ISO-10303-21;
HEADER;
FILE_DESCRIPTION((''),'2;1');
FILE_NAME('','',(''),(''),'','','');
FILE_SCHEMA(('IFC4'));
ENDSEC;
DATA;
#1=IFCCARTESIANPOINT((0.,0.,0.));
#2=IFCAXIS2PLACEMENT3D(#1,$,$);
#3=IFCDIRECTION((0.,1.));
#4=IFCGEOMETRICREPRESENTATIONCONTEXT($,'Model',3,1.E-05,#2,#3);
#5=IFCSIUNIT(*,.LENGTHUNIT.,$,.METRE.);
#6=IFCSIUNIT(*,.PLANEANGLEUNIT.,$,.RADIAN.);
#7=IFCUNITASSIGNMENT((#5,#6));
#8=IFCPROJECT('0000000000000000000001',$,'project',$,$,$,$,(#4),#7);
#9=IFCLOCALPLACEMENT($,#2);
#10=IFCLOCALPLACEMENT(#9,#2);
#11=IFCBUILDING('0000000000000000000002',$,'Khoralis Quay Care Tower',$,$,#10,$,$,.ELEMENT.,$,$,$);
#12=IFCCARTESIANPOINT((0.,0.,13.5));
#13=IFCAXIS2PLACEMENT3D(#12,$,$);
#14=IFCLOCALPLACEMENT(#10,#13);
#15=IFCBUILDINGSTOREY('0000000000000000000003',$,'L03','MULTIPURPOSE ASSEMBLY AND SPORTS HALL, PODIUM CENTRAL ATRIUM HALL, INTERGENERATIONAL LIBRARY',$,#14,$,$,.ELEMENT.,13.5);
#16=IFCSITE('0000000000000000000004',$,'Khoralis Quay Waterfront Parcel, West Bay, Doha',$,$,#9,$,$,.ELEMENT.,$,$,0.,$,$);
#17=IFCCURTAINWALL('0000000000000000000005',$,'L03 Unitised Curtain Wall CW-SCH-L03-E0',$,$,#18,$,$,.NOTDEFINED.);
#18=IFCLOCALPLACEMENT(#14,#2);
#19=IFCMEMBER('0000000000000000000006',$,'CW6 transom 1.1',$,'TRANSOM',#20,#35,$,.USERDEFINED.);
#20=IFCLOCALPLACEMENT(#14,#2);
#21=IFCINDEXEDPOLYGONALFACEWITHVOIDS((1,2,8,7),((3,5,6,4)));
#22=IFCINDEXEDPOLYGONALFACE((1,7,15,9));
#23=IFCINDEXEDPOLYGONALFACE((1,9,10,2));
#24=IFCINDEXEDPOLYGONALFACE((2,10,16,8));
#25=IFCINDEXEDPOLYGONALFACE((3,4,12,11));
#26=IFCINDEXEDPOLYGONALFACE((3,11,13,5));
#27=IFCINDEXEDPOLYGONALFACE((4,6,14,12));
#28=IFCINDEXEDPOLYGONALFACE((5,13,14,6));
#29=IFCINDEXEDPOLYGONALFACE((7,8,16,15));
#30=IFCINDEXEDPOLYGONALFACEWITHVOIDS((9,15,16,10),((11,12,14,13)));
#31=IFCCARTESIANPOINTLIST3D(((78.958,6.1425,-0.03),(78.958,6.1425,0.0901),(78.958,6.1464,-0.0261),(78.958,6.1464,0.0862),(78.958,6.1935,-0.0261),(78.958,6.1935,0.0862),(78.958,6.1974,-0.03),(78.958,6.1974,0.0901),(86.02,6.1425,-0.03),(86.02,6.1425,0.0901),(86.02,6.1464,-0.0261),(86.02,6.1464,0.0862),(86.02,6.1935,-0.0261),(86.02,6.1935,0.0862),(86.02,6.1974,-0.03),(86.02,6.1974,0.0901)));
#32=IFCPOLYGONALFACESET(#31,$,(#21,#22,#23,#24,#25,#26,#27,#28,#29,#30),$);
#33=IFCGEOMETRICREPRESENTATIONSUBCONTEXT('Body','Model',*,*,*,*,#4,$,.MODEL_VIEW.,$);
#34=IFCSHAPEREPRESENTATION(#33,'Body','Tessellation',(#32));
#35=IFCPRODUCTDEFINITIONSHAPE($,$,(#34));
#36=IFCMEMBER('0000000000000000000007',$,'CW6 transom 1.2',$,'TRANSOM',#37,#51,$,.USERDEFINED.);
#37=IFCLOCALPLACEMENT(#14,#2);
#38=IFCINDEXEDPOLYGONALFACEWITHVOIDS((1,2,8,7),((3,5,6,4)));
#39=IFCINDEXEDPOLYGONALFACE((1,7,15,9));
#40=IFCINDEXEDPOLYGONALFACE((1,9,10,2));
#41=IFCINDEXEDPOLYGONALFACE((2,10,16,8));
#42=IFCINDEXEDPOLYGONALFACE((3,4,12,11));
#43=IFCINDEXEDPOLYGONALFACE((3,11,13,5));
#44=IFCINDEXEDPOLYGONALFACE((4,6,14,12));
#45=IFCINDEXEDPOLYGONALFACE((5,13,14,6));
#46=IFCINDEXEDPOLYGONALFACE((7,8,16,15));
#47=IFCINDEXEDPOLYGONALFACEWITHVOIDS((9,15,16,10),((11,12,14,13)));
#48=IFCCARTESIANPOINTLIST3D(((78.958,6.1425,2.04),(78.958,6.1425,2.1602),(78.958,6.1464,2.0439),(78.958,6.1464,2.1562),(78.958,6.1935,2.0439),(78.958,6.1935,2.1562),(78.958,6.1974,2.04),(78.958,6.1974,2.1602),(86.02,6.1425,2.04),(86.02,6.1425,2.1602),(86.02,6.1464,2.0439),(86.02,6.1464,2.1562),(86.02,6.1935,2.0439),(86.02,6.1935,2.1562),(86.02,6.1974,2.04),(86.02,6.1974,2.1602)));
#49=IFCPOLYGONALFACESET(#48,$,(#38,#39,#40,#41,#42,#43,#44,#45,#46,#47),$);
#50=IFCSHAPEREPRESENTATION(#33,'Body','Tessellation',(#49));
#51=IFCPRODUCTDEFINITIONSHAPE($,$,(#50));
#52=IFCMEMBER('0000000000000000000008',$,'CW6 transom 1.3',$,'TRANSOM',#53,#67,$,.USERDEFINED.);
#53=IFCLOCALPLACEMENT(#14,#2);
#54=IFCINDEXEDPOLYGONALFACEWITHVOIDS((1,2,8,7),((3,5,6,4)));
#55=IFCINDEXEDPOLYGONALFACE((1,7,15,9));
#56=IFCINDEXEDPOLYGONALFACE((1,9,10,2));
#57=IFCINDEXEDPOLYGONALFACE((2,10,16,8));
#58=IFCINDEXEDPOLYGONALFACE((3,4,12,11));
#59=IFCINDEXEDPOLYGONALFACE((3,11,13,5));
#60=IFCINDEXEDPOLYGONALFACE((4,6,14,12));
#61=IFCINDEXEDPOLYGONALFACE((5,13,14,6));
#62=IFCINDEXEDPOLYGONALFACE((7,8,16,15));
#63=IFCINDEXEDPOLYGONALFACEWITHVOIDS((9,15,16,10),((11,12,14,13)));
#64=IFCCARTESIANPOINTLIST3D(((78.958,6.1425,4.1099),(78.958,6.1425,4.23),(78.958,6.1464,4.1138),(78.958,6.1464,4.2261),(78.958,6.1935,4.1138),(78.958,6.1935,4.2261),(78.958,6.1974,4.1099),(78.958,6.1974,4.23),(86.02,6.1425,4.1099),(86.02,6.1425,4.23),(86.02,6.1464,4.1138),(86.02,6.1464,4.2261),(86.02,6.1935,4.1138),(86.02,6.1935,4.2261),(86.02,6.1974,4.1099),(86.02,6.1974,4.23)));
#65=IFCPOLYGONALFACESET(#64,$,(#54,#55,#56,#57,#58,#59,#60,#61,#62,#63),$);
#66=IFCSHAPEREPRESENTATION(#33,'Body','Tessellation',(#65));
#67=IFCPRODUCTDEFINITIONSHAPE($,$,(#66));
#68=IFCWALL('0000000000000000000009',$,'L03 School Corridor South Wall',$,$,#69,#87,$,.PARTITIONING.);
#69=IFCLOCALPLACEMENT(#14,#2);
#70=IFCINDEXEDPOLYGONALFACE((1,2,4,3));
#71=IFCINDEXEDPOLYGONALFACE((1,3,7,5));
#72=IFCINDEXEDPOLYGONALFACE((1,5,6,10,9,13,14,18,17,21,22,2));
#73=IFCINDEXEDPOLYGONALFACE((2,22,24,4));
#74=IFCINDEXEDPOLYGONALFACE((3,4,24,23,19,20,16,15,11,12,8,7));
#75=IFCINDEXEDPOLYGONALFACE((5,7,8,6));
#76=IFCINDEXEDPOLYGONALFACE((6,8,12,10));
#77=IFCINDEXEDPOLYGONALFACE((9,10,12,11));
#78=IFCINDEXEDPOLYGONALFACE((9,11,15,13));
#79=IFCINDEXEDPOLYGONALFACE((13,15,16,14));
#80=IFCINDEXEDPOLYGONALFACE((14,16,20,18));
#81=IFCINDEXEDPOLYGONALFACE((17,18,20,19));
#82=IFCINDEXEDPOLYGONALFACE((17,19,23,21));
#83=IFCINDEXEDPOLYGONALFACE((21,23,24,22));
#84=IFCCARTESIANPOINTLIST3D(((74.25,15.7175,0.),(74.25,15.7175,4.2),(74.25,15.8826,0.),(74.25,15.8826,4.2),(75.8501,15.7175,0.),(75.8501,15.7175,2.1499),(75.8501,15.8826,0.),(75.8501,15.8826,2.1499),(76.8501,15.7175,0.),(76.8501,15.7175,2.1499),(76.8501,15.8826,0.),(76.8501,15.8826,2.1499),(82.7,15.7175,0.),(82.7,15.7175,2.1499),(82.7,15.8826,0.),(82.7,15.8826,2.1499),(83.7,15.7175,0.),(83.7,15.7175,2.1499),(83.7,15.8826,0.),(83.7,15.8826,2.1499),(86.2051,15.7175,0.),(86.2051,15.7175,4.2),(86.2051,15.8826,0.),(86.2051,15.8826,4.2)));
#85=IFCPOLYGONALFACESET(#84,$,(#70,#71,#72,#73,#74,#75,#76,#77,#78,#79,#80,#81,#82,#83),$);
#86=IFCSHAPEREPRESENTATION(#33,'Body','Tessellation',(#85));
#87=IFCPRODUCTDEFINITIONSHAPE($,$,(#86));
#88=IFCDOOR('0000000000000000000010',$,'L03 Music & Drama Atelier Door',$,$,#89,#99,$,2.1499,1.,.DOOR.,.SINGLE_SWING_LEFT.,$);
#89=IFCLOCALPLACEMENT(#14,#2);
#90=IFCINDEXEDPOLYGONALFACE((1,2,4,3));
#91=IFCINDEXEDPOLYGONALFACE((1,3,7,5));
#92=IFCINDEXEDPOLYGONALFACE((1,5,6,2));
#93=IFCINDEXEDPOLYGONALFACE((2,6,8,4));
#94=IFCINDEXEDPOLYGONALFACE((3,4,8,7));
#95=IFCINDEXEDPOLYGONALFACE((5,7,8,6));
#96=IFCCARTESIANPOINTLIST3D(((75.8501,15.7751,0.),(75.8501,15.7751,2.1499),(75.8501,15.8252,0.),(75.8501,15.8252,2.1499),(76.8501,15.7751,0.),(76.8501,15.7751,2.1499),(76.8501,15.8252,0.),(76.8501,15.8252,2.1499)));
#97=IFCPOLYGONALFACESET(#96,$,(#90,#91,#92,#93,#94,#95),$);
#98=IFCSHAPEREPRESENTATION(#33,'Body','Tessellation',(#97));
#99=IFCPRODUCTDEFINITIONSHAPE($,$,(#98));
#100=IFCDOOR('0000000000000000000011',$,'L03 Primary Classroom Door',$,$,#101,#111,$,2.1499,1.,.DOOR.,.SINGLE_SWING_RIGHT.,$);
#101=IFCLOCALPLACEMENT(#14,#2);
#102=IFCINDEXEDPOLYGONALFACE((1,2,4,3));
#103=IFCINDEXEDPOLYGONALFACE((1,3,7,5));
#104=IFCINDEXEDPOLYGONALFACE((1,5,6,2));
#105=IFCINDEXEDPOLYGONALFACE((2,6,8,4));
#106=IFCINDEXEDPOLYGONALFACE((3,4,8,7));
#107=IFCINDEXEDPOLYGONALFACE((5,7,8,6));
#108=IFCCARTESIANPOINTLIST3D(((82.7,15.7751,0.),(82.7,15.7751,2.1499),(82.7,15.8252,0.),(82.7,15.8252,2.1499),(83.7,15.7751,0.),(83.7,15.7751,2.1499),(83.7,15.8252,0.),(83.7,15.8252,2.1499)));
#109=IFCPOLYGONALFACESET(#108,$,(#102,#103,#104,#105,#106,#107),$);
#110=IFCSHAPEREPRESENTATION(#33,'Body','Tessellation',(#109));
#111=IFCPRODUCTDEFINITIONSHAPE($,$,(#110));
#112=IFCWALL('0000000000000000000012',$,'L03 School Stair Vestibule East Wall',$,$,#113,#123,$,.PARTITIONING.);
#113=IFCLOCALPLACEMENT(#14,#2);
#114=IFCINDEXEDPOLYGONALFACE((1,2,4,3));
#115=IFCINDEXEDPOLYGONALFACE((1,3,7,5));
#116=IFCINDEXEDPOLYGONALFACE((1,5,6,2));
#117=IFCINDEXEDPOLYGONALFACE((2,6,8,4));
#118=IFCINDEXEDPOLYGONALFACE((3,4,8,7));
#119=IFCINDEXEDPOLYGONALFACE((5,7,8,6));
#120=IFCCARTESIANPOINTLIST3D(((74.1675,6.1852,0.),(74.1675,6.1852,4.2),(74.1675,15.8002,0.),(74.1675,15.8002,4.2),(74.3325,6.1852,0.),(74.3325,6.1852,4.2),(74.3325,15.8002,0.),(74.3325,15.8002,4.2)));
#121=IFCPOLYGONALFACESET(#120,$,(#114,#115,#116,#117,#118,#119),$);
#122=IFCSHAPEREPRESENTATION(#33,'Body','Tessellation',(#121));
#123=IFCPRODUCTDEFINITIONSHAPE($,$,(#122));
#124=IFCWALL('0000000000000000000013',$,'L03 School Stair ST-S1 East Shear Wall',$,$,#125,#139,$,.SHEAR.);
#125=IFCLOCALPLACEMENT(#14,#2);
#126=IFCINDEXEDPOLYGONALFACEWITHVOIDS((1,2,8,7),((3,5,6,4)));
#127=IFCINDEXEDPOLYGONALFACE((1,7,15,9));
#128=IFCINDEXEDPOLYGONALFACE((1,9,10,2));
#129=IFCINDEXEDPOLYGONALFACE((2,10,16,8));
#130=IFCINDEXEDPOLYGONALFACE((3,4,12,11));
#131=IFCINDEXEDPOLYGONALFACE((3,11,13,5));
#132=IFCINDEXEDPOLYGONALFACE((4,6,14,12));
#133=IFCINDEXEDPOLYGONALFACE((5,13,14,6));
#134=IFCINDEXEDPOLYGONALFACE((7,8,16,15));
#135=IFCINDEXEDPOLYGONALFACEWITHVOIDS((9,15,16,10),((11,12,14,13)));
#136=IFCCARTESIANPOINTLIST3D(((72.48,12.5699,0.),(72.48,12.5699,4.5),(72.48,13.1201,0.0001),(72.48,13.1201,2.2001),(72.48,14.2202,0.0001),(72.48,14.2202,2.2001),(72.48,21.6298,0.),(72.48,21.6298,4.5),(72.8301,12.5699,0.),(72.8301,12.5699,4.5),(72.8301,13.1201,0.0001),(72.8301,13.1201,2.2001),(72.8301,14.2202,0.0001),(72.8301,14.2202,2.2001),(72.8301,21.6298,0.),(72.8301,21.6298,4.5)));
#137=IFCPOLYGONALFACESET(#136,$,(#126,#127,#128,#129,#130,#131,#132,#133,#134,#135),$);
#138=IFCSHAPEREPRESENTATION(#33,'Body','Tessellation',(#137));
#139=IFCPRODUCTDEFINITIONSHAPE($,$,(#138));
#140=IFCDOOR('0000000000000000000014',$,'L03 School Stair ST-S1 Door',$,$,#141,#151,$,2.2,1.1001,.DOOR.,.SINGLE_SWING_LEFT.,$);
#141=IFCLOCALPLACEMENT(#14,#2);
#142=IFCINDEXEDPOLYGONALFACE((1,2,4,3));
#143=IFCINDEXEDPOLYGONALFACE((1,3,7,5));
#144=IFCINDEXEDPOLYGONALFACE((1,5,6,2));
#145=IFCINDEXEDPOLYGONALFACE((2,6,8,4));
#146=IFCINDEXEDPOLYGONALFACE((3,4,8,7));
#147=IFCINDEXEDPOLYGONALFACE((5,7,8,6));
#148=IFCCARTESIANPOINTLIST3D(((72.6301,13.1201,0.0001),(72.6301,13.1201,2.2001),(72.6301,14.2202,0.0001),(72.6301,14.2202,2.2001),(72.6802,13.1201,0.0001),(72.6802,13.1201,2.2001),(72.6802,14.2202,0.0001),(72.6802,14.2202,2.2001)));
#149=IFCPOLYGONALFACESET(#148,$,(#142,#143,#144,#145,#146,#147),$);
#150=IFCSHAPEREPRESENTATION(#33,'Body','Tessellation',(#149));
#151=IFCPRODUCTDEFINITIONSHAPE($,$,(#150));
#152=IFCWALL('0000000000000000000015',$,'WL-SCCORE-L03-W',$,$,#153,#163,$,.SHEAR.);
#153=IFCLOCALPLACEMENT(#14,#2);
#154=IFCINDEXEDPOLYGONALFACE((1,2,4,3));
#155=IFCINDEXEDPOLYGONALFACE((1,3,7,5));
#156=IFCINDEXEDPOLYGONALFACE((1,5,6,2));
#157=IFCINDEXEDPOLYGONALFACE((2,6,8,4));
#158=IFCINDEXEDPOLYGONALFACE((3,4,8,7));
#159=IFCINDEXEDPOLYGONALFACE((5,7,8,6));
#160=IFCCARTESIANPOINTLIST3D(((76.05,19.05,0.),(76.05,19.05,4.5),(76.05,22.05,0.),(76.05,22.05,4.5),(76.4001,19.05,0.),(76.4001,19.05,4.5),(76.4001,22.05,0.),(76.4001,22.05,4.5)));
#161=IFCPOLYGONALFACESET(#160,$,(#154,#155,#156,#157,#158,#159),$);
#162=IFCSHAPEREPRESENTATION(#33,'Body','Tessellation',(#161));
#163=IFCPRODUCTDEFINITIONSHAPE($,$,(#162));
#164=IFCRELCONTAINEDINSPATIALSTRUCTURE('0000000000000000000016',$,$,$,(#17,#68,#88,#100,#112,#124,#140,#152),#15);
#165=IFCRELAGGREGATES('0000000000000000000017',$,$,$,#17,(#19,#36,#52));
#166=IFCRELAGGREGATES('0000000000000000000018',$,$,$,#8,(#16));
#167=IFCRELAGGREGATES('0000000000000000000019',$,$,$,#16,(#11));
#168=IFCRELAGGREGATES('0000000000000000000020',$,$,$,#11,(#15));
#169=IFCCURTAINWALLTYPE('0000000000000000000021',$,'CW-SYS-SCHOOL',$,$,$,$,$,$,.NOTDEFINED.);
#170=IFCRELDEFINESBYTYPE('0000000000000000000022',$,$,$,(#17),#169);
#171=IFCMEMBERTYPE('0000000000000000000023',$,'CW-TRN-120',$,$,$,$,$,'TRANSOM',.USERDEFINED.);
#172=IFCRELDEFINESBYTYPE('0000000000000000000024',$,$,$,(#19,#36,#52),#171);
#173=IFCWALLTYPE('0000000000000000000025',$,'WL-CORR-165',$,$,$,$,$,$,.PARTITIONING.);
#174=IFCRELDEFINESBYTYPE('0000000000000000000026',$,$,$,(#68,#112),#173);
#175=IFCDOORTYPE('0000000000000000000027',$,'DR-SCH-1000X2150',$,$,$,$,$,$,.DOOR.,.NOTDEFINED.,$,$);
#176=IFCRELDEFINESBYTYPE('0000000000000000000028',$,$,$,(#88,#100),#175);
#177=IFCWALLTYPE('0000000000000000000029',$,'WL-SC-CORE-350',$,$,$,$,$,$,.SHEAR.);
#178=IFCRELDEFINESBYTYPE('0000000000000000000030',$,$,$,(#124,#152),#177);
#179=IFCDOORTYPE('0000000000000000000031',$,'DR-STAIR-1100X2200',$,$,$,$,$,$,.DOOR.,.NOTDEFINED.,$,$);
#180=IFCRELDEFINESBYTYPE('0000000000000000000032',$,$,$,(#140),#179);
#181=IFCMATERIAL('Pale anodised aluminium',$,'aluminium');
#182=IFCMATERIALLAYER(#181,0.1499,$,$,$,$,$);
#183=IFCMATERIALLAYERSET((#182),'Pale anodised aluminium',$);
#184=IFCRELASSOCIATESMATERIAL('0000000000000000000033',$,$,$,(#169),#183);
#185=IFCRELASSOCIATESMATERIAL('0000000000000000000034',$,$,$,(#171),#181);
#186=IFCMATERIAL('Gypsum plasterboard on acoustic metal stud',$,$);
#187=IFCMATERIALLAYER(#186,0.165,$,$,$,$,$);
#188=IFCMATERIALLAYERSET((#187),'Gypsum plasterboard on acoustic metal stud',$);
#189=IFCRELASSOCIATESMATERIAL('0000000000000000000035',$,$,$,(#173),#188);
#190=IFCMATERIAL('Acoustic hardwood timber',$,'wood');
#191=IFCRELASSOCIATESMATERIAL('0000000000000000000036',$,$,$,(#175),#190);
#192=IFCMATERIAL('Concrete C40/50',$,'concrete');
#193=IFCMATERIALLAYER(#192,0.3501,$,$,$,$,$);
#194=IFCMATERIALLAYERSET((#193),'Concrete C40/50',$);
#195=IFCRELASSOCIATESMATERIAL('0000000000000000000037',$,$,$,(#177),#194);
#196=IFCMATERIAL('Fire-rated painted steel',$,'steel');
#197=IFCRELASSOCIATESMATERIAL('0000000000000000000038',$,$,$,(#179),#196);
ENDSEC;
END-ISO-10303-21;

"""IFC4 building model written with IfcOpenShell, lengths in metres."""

from ifc_helpers import new_model, si_unit, direction, frame, frame_2d, origin, origin_2d, place, context, subcontext, project, spatial, rectangle, hollow_rectangle, extrude, source, transform, mapped, material, layer, layer_set, material_profile, profile_set, type_object, element, fill, aggregate, save


model = new_model("IFC4")

# Units and contexts
model_context = context("Model", 3, precision=1e-05, world=origin(), true_north=direction((0.0, 1.0)))
body_context = subcontext(model_context, "Body", "Model", "MODEL_VIEW")
ifc_project = project(units=[si_unit("LENGTHUNIT", "METRE"), si_unit("PLANEANGLEUNIT", "RADIAN")], contexts=[model_context])

# Site, building, storey
site_placement = place(None, origin())
site = spatial("IfcSite", under=ifc_project, at=site_placement, Name="Khoralis Quay Waterfront Parcel, West Bay, Doha", CompositionType="ELEMENT", RefElevation=0.0)
building_placement = place(site_placement, origin())
building = spatial("IfcBuilding", under=site, at=building_placement, Name="Khoralis Quay Care Tower", CompositionType="ELEMENT")
storey_placement = place(building_placement, frame((0.0, 0.0, 13.5)))
storey = spatial("IfcBuildingStorey", under=building, at=storey_placement, Name="L03", Description="MULTIPURPOSE ASSEMBLY AND SPORTS HALL, PODIUM CENTRAL ATRIUM HALL, INTERGENERATIONAL LIBRARY", CompositionType="ELEMENT", Elevation=13.5)

# Shared definitions
ifc_material_1 = material(Name="Concrete C40/50", Category="concrete")

# Curtain wall, members
ifc_material_2 = material(Name="Pale anodised aluminium", Category="aluminium")
ifc_layer_1 = layer(ifc_material_2, 0.1499)
ifc_layer_set_1 = layer_set([ifc_layer_1], Name="Pale anodised aluminium")
curtain_wall_type = type_object("IfcCurtainWallType", Name="CW-SYS-SCHOOL", PredefinedType="NOTDEFINED", material=ifc_layer_set_1)
curtain_wall_placement = place(storey_placement, origin())
curtain_wall = element("IfcCurtainWall", 1, at=curtain_wall_placement, inside=storey, type_object=curtain_wall_type, Name="L03 Unitised Curtain Wall CW-SCH-L03-E0", PredefinedType="NOTDEFINED")
ifc_material_profile_1 = material_profile(ifc_material_2, hollow_rectangle(XDim=0.0549, YDim=0.1201, WallThickness=0.0039, at=origin_2d()), Name="Pale anodised aluminium")
ifc_profile_set_1 = profile_set([ifc_material_profile_1], Name="Pale anodised aluminium")
member_type_1 = type_object("IfcMemberType", Name="CW-TRN-120", ElementType="TRANSOM", PredefinedType="USERDEFINED", material=ifc_profile_set_1)
shared_shape_1 = source(origin(), body_context, "Body", "SweptSolid", [
    extrude(hollow_rectangle(XDim=0.0549, YDim=0.1201, WallThickness=0.0039, at=origin_2d()), origin(), (0.0, 0.0, 1.0), 7.062),
])
member_1_placement = place(storey_placement, frame((78.958, 6.1699, 0.03), z_axis=(1.0, 0.0, 0.0), x_axis=(0.0, 1.0, 0.0)))
member_1 = element("IfcMember", 2, at=member_1_placement, type_object=member_type_1, Name="CW6 transom 1.1", ObjectType="TRANSOM", PredefinedType="USERDEFINED", context=body_context, shape_type="MappedRepresentation", body=[
    mapped(shared_shape_1, transform((0.0, 0.0, 0.0), scale=1.0)),
])
member_2_placement = place(storey_placement, frame((78.958, 6.1699, 2.1001), z_axis=(1.0, 0.0, 0.0), x_axis=(0.0, 1.0, 0.0)))
member_2 = element("IfcMember", 3, at=member_2_placement, type_object=member_type_1, Name="CW6 transom 1.2", ObjectType="TRANSOM", PredefinedType="USERDEFINED", context=body_context, shape_type="MappedRepresentation", body=[
    mapped(shared_shape_1, transform((0.0, 0.0, 0.0), scale=1.0)),
])
member_3_placement = place(storey_placement, frame((78.958, 6.1699, 4.1699), z_axis=(1.0, 0.0, 0.0), x_axis=(0.0, 1.0, 0.0)))
member_3 = element("IfcMember", 4, at=member_3_placement, type_object=member_type_1, Name="CW6 transom 1.3", ObjectType="TRANSOM", PredefinedType="USERDEFINED", context=body_context, shape_type="MappedRepresentation", body=[
    mapped(shared_shape_1, transform((0.0, 0.0, 0.0), scale=1.0)),
])
aggregate(curtain_wall, [member_1, member_2, member_3])

# Wall, openings, doors
ifc_material_3 = material(Name="Gypsum plasterboard on acoustic metal stud")
ifc_layer_2 = layer(ifc_material_3, 0.165)
ifc_layer_set_2 = layer_set([ifc_layer_2], Name="Gypsum plasterboard on acoustic metal stud")
wall_type_1 = type_object("IfcWallType", Name="WL-CORR-165", PredefinedType="PARTITIONING", material=ifc_layer_set_2)
wall_1_placement = place(storey_placement, frame((74.25, 15.8, 0.0), z_axis=(0.0, 0.0, 1.0), x_axis=(1.0, 0.0, 0.0)))
wall_1 = element("IfcWall", 5, at=wall_1_placement, inside=storey, type_object=wall_type_1, Name="L03 School Corridor South Wall", PredefinedType="PARTITIONING", context=body_context, shape_type="SweptSolid", body=[
    extrude(rectangle(XDim=11.9551, YDim=0.165, at=frame_2d((5.9775, 0.0))), origin(), (0.0, 0.0, 1.0), 4.2),
])
opening_1_placement = place(wall_1_placement, frame((1.6001, 0.0, 0.0)))
opening_1 = element("IfcOpeningElement", 6, at=opening_1_placement, cuts=wall_1, PredefinedType="OPENING", context=body_context, shape_type="SweptSolid", body=[
    extrude(rectangle(XDim=1.0, YDim=2.1499, at=frame_2d((0.5, 1.075))), frame((0.0, 0.0925, 0.0), z_axis=(0.0, -1.0, 0.0), x_axis=(1.0, 0.0, 0.0)), (0.0, 0.0, 1.0), 0.1851),
])
opening_2_placement = place(wall_1_placement, frame((8.45, 0.0, 0.0)))
opening_2 = element("IfcOpeningElement", 7, at=opening_2_placement, cuts=wall_1, PredefinedType="OPENING", context=body_context, shape_type="SweptSolid", body=[
    extrude(rectangle(XDim=1.0, YDim=2.1499, at=frame_2d((0.5, 1.075))), frame((0.0, 0.0925, 0.0), z_axis=(0.0, -1.0, 0.0), x_axis=(1.0, 0.0, 0.0)), (0.0, 0.0, 1.0), 0.1851),
])
ifc_material_4 = material(Name="Acoustic hardwood timber", Category="wood")
door_type_1 = type_object("IfcDoorType", Name="DR-SCH-1000X2150", OperationType="NOTDEFINED", PredefinedType="DOOR", material=ifc_material_4)
shared_shape_2 = source(origin(), body_context, "Body", "SweptSolid", [
    extrude(rectangle(XDim=1.0, YDim=2.1499, at=frame_2d((0.5, 1.075))), frame((0.0, 0.0249, 0.0), z_axis=(0.0, -1.0, 0.0), x_axis=(1.0, 0.0, 0.0)), (0.0, 0.0, 1.0), 0.05),
])
door_1_placement = place(opening_1_placement, frame((1.0, 0.0, 0.0), z_axis=(0.0, 0.0, 1.0), x_axis=(-1.0, 0.0, 0.0)))
door_1 = element("IfcDoor", 8, at=door_1_placement, inside=storey, type_object=door_type_1, Name="L03 Music & Drama Atelier Door", OperationType="SINGLE_SWING_LEFT", OverallHeight=2.1499, OverallWidth=1.0, PredefinedType="DOOR", context=body_context, shape_type="MappedRepresentation", body=[
    mapped(shared_shape_2, transform((0.0, 0.0, 0.0), scale=1.0)),
])
fill(opening_1, door_1)
door_2_placement = place(opening_2_placement, frame((1.0, 0.0, 0.0), z_axis=(0.0, 0.0, 1.0), x_axis=(-1.0, 0.0, 0.0)))
door_2 = element("IfcDoor", 9, at=door_2_placement, inside=storey, type_object=door_type_1, Name="L03 Primary Classroom Door", OperationType="SINGLE_SWING_RIGHT", OverallHeight=2.1499, OverallWidth=1.0, PredefinedType="DOOR", context=body_context, shape_type="MappedRepresentation", body=[
    mapped(shared_shape_2, transform((0.0, 0.0, 0.0), scale=1.0)),
])
fill(opening_2, door_2)

# Wall
wall_2_placement = place(storey_placement, frame((74.25, 6.1851, 0.0), z_axis=(0.0, 0.0, 1.0), x_axis=(0.0, 1.0, 0.0)))
element("IfcWall", 10, at=wall_2_placement, inside=storey, type_object=wall_type_1, Name="L03 School Stair Vestibule East Wall", PredefinedType="PARTITIONING", context=body_context, shape_type="SweptSolid", body=[
    extrude(rectangle(XDim=9.615, YDim=0.165, at=frame_2d((4.8076, 0.0))), origin(), (0.0, 0.0, 1.0), 4.2),
])

# Wall, opening, door
ifc_layer_3 = layer(ifc_material_1, 0.3501)
ifc_layer_set_3 = layer_set([ifc_layer_3], Name="Concrete C40/50")
wall_type_2 = type_object("IfcWallType", Name="WL-SC-CORE-350", PredefinedType="SHEAR", material=ifc_layer_set_3)
wall_3_placement = place(storey_placement, frame((72.655, 12.5701, 0.0), z_axis=(0.0, 0.0, 1.0), x_axis=(0.0, 1.0, 0.0)))
wall_3 = element("IfcWall", 11, at=wall_3_placement, inside=storey, type_object=wall_type_2, Name="L03 School Stair ST-S1 East Shear Wall", PredefinedType="SHEAR", context=body_context, shape_type="SweptSolid", body=[
    extrude(rectangle(XDim=9.0598, YDim=0.3501, at=frame_2d((4.5298, 0.0))), origin(), (0.0, 0.0, 1.0), 4.5),
])
opening_3_placement = place(wall_3_placement, frame((0.55, 0.0, 0.0)))
opening_3 = element("IfcOpeningElement", 12, at=opening_3_placement, cuts=wall_3, PredefinedType="OPENING", context=body_context, shape_type="SweptSolid", body=[
    extrude(rectangle(XDim=1.1001, YDim=2.2, at=frame_2d((0.55, 1.1001))), frame((0.0, 0.1851, 0.0), z_axis=(0.0, -1.0, 0.0), x_axis=(1.0, 0.0, 0.0)), (0.0, 0.0, 1.0), 0.3701),
])
ifc_material_5 = material(Name="Fire-rated painted steel", Category="steel")
door_type_2 = type_object("IfcDoorType", Name="DR-STAIR-1100X2200", OperationType="NOTDEFINED", PredefinedType="DOOR", material=ifc_material_5)
shared_shape_3 = source(origin(), body_context, "Body", "SweptSolid", [
    extrude(rectangle(XDim=1.1001, YDim=2.2, at=frame_2d((0.55, 1.1001))), frame((0.0, 0.0249, 0.0), z_axis=(0.0, -1.0, 0.0), x_axis=(1.0, 0.0, 0.0)), (0.0, 0.0, 1.0), 0.05),
])
door_3_placement = place(opening_3_placement, origin())
door_3 = element("IfcDoor", 13, at=door_3_placement, inside=storey, type_object=door_type_2, Name="L03 School Stair ST-S1 Door", OperationType="SINGLE_SWING_LEFT", OverallHeight=2.2, OverallWidth=1.1001, PredefinedType="DOOR", context=body_context, shape_type="MappedRepresentation", body=[
    mapped(shared_shape_3, transform((0.0, 0.0, 0.0), scale=1.0)),
])
fill(opening_3, door_3)

# Wall
wall_4_placement = place(storey_placement, frame((76.2251, 19.05, 0.0), z_axis=(0.0, 0.0, 1.0), x_axis=(0.0, 1.0, 0.0)))
element("IfcWall", 14, at=wall_4_placement, inside=storey, type_object=wall_type_2, Name="WL-SCCORE-L03-W", PredefinedType="SHEAR", context=body_context, shape_type="SweptSolid", body=[
    extrude(rectangle(XDim=3.0, YDim=0.3501, at=frame_2d((1.5, 0.0))), origin(), (0.0, 0.0, 1.0), 4.5),
])

save(model, "model.ifc")
